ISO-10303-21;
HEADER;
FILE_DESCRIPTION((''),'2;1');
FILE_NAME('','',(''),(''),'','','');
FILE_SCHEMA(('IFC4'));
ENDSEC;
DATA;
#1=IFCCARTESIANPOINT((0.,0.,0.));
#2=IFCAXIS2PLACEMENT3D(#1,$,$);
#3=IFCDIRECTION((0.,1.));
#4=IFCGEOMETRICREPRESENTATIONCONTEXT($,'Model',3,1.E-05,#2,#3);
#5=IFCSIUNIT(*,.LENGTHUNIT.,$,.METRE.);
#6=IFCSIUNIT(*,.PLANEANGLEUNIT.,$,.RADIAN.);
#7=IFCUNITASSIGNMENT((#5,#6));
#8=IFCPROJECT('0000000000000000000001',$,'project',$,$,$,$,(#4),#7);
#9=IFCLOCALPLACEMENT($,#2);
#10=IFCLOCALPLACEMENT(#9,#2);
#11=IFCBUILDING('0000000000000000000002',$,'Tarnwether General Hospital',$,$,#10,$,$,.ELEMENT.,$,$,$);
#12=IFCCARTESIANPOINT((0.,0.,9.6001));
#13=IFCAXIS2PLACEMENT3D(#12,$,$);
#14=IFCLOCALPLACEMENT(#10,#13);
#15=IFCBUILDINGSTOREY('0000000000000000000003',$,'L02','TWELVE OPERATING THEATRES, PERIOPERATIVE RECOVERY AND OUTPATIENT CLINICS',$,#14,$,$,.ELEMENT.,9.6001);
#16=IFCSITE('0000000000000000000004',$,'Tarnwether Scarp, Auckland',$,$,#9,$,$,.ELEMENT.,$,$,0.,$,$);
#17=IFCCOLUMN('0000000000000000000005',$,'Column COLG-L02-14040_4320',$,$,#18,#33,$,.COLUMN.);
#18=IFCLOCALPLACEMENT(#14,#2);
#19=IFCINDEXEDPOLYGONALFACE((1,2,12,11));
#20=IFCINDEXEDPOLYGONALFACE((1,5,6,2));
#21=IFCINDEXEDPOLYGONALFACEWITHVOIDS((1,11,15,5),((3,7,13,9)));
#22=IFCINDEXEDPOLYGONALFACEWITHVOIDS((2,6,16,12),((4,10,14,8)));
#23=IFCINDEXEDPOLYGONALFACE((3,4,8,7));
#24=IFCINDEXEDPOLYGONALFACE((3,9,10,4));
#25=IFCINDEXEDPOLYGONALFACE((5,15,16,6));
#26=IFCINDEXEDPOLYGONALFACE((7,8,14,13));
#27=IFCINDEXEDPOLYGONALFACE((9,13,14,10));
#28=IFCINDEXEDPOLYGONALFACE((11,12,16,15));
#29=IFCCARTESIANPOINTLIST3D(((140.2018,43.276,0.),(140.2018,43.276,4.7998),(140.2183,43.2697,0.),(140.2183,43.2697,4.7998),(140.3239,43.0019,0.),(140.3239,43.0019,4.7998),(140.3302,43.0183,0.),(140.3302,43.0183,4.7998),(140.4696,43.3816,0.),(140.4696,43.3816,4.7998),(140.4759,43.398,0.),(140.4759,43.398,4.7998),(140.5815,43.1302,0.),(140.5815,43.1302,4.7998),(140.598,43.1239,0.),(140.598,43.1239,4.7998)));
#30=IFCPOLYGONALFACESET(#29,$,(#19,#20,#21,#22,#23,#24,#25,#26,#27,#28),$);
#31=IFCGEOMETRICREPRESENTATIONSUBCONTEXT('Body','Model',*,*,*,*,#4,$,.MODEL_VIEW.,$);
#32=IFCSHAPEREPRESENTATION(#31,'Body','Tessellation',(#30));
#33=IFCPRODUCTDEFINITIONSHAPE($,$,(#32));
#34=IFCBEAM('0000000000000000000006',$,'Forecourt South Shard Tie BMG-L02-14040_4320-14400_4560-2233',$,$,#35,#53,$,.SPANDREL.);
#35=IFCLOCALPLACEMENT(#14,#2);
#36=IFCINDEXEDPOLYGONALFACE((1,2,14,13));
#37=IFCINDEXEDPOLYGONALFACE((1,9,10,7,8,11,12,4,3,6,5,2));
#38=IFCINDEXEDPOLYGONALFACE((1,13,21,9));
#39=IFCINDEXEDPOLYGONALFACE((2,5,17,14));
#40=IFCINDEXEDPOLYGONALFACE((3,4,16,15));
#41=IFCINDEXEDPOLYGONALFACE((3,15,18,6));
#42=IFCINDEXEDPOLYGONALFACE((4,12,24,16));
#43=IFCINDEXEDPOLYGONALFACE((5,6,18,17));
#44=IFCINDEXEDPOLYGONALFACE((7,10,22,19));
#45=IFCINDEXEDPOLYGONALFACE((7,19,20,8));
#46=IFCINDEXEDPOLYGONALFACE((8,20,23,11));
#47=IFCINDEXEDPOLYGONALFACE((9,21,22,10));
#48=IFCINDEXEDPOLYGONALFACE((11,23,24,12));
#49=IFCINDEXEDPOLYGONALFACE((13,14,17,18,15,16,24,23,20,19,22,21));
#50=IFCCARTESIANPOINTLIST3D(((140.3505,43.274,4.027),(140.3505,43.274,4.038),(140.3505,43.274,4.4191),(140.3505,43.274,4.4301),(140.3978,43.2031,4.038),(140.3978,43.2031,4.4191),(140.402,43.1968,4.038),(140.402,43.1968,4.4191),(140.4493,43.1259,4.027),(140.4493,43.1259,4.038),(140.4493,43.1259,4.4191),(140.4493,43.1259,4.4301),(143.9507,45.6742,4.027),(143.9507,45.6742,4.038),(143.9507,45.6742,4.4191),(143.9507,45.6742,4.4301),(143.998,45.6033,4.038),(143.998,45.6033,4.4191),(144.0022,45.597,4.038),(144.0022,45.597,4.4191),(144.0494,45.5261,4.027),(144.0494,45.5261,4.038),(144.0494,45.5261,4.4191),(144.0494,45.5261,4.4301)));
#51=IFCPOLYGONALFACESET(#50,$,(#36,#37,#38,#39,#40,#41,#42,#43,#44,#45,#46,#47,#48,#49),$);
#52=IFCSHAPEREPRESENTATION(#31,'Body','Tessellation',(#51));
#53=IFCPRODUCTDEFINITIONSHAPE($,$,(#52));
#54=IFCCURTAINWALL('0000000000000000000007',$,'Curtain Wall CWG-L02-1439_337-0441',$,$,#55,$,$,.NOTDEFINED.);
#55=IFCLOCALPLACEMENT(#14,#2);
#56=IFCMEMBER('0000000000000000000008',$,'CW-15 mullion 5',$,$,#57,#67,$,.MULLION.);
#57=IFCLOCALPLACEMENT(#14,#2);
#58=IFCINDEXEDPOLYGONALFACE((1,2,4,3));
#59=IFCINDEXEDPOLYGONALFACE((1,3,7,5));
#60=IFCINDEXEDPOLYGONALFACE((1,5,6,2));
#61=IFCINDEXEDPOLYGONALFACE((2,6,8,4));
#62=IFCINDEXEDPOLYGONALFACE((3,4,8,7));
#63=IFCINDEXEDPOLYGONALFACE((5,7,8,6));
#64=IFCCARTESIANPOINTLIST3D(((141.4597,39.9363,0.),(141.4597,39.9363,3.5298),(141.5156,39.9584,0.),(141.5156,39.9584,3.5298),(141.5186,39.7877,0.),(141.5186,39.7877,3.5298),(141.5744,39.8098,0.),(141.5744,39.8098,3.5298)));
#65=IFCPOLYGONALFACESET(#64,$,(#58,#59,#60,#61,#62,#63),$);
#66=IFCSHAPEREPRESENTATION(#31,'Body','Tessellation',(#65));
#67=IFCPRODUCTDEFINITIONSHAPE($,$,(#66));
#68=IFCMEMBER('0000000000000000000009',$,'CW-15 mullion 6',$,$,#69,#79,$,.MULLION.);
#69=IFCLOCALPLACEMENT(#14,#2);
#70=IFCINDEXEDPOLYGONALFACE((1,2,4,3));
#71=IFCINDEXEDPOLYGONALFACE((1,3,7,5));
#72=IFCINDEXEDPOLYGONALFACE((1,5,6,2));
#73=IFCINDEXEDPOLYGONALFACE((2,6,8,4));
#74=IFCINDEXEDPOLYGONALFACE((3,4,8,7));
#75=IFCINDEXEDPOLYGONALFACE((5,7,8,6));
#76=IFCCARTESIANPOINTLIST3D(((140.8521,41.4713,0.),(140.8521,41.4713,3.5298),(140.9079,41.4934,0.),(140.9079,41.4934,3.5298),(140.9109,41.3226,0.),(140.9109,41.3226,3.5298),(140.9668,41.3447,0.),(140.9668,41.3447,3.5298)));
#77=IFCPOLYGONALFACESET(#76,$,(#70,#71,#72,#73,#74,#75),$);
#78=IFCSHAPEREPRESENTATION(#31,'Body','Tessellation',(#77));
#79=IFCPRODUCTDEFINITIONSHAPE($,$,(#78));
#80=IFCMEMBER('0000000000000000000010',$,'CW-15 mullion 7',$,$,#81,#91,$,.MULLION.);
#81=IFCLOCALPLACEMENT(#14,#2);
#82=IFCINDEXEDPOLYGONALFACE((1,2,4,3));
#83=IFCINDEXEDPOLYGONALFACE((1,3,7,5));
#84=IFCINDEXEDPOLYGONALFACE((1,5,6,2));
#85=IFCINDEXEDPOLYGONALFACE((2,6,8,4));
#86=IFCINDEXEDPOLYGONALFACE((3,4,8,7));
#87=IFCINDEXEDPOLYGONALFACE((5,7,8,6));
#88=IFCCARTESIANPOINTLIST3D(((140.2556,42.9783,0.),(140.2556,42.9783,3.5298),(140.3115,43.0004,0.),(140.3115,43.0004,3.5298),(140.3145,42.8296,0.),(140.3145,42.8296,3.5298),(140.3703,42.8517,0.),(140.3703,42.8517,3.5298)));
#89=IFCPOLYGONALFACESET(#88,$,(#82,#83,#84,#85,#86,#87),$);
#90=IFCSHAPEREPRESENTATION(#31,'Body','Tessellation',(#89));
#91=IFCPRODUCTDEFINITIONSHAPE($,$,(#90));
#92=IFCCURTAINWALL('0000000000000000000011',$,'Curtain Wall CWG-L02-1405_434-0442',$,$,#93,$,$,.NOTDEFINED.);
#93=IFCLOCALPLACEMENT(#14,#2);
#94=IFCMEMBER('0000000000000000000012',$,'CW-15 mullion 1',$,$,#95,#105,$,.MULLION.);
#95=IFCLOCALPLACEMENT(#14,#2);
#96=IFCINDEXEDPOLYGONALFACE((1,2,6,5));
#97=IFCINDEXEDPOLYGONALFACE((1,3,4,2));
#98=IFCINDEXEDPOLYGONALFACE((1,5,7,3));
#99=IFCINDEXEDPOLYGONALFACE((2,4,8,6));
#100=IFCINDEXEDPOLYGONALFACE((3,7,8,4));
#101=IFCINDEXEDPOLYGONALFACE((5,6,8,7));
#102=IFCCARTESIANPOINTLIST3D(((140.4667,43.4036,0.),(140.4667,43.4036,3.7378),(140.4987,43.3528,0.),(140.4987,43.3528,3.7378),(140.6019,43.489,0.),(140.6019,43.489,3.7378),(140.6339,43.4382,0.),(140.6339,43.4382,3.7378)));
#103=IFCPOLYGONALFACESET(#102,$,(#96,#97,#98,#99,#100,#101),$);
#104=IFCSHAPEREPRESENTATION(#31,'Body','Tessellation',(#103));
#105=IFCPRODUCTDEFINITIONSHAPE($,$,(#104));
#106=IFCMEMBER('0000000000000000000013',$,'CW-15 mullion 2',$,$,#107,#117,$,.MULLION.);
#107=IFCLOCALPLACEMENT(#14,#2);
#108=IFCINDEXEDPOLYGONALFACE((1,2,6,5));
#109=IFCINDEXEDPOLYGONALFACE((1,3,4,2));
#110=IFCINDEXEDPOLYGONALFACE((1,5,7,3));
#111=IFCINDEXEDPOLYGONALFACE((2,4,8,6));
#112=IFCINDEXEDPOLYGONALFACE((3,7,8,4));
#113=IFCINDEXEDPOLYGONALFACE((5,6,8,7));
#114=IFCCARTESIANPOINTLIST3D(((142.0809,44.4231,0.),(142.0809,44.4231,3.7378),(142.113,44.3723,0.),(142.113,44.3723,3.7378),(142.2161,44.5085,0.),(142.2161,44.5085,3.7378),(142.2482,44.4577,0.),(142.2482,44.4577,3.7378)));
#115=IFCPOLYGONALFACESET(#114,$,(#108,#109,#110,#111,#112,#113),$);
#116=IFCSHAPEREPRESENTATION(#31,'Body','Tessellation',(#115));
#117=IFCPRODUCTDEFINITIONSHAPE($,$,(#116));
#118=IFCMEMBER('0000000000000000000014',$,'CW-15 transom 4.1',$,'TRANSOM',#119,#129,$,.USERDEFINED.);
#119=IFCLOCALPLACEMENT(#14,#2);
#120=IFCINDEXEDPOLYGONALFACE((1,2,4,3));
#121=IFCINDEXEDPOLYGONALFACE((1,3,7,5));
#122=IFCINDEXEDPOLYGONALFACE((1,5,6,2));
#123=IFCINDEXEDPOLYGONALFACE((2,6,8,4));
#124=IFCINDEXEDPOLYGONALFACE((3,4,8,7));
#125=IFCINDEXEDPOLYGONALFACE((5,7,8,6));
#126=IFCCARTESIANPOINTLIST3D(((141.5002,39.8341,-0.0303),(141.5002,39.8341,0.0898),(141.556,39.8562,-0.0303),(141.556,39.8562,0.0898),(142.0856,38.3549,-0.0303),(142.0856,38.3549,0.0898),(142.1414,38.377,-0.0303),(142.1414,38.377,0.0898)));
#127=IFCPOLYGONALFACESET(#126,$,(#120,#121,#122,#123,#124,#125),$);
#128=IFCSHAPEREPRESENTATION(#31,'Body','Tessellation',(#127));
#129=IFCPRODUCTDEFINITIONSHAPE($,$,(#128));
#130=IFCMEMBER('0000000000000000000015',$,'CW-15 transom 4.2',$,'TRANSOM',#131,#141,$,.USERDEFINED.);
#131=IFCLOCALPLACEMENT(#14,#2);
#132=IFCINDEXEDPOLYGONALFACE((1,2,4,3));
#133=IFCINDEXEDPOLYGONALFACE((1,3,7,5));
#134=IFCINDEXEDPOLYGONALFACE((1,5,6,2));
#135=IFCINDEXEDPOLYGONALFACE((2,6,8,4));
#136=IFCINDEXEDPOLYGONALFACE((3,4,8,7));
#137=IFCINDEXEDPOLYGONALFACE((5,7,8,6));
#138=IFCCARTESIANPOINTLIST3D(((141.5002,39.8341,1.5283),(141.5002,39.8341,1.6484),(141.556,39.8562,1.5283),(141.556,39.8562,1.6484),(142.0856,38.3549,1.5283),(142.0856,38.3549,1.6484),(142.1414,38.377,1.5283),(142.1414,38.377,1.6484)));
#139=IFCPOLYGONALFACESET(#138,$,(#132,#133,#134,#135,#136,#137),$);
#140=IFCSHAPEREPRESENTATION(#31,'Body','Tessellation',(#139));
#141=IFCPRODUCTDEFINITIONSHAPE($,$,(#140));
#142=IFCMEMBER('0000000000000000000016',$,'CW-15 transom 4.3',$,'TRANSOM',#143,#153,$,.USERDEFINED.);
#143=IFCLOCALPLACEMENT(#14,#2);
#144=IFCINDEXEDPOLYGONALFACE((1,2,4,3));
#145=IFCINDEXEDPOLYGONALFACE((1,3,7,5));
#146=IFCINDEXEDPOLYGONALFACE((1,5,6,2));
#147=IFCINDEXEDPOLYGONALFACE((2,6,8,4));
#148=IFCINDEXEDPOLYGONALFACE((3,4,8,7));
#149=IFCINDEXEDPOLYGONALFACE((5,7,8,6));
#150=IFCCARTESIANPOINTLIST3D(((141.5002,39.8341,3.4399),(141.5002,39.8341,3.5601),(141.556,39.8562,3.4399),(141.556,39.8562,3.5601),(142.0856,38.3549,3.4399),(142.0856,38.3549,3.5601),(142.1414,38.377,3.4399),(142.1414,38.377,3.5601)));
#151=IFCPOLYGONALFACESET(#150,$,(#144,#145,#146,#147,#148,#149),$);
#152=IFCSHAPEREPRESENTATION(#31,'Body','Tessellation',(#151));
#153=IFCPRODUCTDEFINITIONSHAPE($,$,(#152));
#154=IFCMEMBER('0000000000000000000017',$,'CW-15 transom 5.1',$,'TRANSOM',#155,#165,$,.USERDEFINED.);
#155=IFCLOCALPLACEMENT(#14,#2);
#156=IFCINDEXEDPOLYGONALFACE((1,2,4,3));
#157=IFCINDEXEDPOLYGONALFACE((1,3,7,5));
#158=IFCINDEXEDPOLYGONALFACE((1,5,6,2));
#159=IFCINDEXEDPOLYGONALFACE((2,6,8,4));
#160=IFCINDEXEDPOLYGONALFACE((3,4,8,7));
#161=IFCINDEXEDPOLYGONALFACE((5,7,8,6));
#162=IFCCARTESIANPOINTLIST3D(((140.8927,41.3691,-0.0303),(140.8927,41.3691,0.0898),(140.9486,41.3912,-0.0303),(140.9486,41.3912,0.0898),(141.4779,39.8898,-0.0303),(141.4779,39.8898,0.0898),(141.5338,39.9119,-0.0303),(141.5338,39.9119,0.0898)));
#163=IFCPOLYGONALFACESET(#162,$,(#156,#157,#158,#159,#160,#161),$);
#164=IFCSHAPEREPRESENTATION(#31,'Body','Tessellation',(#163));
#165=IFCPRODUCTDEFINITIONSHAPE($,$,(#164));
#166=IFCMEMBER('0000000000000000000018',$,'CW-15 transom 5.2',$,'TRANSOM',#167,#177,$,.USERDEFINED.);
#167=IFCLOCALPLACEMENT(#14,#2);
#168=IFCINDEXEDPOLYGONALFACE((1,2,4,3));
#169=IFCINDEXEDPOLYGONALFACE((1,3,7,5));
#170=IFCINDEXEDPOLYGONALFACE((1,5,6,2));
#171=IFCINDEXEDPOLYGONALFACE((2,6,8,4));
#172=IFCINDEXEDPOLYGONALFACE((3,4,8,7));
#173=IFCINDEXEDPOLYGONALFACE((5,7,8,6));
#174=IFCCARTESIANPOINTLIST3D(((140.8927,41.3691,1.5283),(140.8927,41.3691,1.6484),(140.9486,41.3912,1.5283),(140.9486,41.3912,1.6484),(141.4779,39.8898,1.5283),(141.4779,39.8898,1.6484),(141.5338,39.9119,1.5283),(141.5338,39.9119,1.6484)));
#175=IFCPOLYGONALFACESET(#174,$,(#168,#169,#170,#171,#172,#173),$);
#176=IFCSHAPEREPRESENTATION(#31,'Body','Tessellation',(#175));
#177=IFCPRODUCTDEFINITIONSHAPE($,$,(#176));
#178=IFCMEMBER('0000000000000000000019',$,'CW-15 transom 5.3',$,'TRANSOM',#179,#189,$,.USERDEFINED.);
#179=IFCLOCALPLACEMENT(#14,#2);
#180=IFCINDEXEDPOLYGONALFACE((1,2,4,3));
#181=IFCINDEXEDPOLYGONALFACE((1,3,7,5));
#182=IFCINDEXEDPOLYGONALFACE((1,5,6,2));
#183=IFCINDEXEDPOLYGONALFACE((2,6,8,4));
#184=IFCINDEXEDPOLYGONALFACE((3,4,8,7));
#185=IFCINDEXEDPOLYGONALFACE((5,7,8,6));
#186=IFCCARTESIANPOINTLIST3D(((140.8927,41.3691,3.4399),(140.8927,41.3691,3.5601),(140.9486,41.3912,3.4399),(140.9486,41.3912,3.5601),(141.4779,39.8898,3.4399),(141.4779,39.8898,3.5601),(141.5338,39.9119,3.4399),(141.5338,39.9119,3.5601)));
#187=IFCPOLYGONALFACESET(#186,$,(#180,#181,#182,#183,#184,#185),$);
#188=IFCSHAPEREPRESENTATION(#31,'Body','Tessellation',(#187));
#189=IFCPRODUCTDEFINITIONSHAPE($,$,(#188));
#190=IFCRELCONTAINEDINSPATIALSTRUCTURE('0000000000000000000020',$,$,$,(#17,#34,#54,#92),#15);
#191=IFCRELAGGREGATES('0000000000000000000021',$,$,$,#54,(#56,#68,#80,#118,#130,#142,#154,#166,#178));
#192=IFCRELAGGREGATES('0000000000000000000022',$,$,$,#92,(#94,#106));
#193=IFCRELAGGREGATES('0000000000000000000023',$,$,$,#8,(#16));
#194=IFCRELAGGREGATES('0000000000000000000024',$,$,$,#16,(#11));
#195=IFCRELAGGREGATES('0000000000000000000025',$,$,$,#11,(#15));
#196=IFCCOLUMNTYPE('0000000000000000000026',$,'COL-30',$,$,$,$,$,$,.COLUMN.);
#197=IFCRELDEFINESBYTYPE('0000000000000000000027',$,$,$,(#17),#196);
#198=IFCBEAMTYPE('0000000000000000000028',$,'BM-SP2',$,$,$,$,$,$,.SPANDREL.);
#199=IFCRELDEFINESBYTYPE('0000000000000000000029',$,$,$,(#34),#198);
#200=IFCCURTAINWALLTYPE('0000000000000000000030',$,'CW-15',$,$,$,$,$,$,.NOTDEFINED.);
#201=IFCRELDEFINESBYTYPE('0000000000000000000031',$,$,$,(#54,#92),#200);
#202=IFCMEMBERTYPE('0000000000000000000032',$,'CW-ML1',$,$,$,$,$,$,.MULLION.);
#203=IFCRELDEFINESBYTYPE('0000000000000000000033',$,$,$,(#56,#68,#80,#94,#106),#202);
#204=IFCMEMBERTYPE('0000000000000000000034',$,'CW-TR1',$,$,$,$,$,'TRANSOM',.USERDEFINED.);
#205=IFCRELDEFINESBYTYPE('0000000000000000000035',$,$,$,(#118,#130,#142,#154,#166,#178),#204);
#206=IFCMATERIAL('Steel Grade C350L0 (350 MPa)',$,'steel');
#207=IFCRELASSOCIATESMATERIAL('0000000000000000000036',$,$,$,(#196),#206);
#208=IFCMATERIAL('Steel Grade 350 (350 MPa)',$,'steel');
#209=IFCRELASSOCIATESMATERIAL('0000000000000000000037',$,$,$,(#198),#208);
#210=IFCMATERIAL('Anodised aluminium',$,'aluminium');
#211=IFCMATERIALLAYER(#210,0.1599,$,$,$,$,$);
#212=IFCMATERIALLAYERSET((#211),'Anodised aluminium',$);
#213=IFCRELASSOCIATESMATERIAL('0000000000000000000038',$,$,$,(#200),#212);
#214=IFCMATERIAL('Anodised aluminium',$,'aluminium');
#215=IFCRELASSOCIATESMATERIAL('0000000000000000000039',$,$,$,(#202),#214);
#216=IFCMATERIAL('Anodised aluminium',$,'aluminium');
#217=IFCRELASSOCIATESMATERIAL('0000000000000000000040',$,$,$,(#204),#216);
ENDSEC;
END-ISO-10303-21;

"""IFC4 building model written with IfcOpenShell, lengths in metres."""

from ifc_helpers import new_model, si_unit, direction, frame, origin, origin_2d, place, context, subcontext, project, spatial, rectangle, hollow_rectangle, i_section, extrude, material, layer, layer_set, material_profile, profile_set, type_object, element, aggregate, save


model = new_model("IFC4")

# Units and contexts
model_context = context("Model", 3, precision=1e-05, world=origin(), true_north=direction((0.0, 1.0)))
body_context = subcontext(model_context, "Body", "Model", "MODEL_VIEW")
ifc_project = project(units=[si_unit("LENGTHUNIT", "METRE"), si_unit("PLANEANGLEUNIT", "RADIAN")], contexts=[model_context])

# Site, building, storey
site_placement = place(None, origin())
site = spatial("IfcSite", under=ifc_project, at=site_placement, Name="Tarnwether Scarp, Auckland", CompositionType="ELEMENT", RefElevation=0.0)
building_placement = place(site_placement, origin())
building = spatial("IfcBuilding", under=site, at=building_placement, Name="Tarnwether General Hospital", CompositionType="ELEMENT")
storey_placement = place(building_placement, frame((0.0, 0.0, 9.6001)))
storey = spatial("IfcBuildingStorey", under=building, at=storey_placement, Name="L02", Description="TWELVE OPERATING THEATRES, PERIOPERATIVE RECOVERY AND OUTPATIENT CLINICS", CompositionType="ELEMENT", Elevation=9.6001)

# Column
ifc_material_1 = material(Name="Steel Grade C350L0 (350 MPa)", Category="steel")
ifc_material_profile_1 = material_profile(ifc_material_1, hollow_rectangle(XDim=0.3, YDim=0.3, WallThickness=0.0125, at=origin_2d()), Name="SHS300x300x12.5")
ifc_profile_set_1 = profile_set([ifc_material_profile_1], Name="Steel Grade C350L0 (350 MPa)")
column_type = type_object("IfcColumnType", Name="COL-30", PredefinedType="COLUMN", material=ifc_profile_set_1)
column_placement = place(storey_placement, frame((140.3999, 43.2, 0.0), z_axis=(0.0, 0.0, 1.0), x_axis=(0.913545, 0.406737, 0.0)))
element("IfcColumn", 1, at=column_placement, inside=storey, type_object=column_type, Name="Column COLG-L02-14040_4320", PredefinedType="COLUMN", context=body_context, shape_type="SweptSolid", body=[
    extrude(hollow_rectangle(XDim=0.3, YDim=0.3, WallThickness=0.0125, at=origin_2d()), origin(), (0.0, 0.0, 1.0), 4.7998),
])

# Beam
ifc_material_2 = material(Name="Steel Grade 350 (350 MPa)", Category="steel")
ifc_material_profile_2 = material_profile(ifc_material_2, i_section(OverallWidth=0.178, OverallDepth=0.4031, WebThickness=0.0076, FlangeThickness=0.011, at=origin_2d()), Name="410UB53.7")
ifc_profile_set_2 = profile_set([ifc_material_profile_2], Name="Steel Grade 350 (350 MPa)")
beam_type = type_object("IfcBeamType", Name="BM-SP2", PredefinedType="SPANDREL", material=ifc_profile_set_2)
beam_placement = place(storey_placement, frame((140.3999, 43.2, 4.2285), z_axis=(0.832042, 0.554713, 0.0), x_axis=(-0.554713, 0.832042, 0.0)))
element("IfcBeam", 2, at=beam_placement, inside=storey, type_object=beam_type, Name="Forecourt South Shard Tie BMG-L02-14040_4320-14400_4560-2233", PredefinedType="SPANDREL", context=body_context, shape_type="SweptSolid", body=[
    extrude(i_section(OverallWidth=0.178, OverallDepth=0.4031, WebThickness=0.0076, FlangeThickness=0.011, at=origin_2d()), origin(), (0.0, 0.0, 1.0), 4.3269),
])

# Curtain walls, members
ifc_material_3 = material(Name="Anodised aluminium", Category="aluminium")
ifc_layer_1 = layer(ifc_material_3, 0.1599)
ifc_layer_set_1 = layer_set([ifc_layer_1], Name="Anodised aluminium")
curtain_wall_type = type_object("IfcCurtainWallType", Name="CW-15", PredefinedType="NOTDEFINED", material=ifc_layer_set_1)
curtain_wall_1_placement = place(storey_placement, origin())
curtain_wall_1 = element("IfcCurtainWall", 3, at=curtain_wall_1_placement, inside=storey, type_object=curtain_wall_type, Name="Curtain Wall CWG-L02-1439_337-0441", PredefinedType="NOTDEFINED")
ifc_material_4 = material(Name="Anodised aluminium", Category="aluminium")
ifc_material_profile_3 = material_profile(ifc_material_4, rectangle(XDim=0.0601, YDim=0.1599, at=origin_2d()), Name="ALU-MUL-60x160")
ifc_profile_set_3 = profile_set([ifc_material_profile_3], Name="Anodised aluminium")
member_type_1 = type_object("IfcMemberType", Name="CW-ML1", PredefinedType="MULLION", material=ifc_profile_set_3)
member_1_placement = place(storey_placement, frame((141.5171, 39.873, 0.0), z_axis=(0.0, 0.0, 1.0), x_axis=(-0.929828, -0.367994, 0.0)))
member_1 = element("IfcMember", 4, at=member_1_placement, type_object=member_type_1, Name="CW-15 mullion 5", PredefinedType="MULLION", context=body_context, shape_type="SweptSolid", body=[
    extrude(rectangle(XDim=0.0601, YDim=0.1599, at=origin_2d()), origin(), (0.0, 0.0, 1.0), 3.5298),
])
member_2_placement = place(storey_placement, frame((140.9094, 41.408, 0.0), z_axis=(0.0, 0.0, 1.0), x_axis=(-0.929828, -0.367994, 0.0)))
member_2 = element("IfcMember", 5, at=member_2_placement, type_object=member_type_1, Name="CW-15 mullion 6", PredefinedType="MULLION", context=body_context, shape_type="SweptSolid", body=[
    extrude(rectangle(XDim=0.0601, YDim=0.1599, at=origin_2d()), origin(), (0.0, 0.0, 1.0), 3.5298),
])
member_3_placement = place(storey_placement, frame((140.313, 42.915, 0.0), z_axis=(0.0, 0.0, 1.0), x_axis=(-0.929828, -0.367994, 0.0)))
member_3 = element("IfcMember", 6, at=member_3_placement, type_object=member_type_1, Name="CW-15 mullion 7", PredefinedType="MULLION", context=body_context, shape_type="SweptSolid", body=[
    extrude(rectangle(XDim=0.0601, YDim=0.1599, at=origin_2d()), origin(), (0.0, 0.0, 1.0), 3.5298),
])
curtain_wall_2_placement = place(storey_placement, origin())
curtain_wall_2 = element("IfcCurtainWall", 7, at=curtain_wall_2_placement, inside=storey, type_object=curtain_wall_type, Name="Curtain Wall CWG-L02-1405_434-0442", PredefinedType="NOTDEFINED")
member_4_placement = place(storey_placement, frame((140.5503, 43.4209, 0.0), z_axis=(0.0, 0.0, 1.0), x_axis=(-0.534003, 0.845483, 0.0)))
member_4 = element("IfcMember", 8, at=member_4_placement, type_object=member_type_1, Name="CW-15 mullion 1", PredefinedType="MULLION", context=body_context, shape_type="SweptSolid", body=[
    extrude(rectangle(XDim=0.0601, YDim=0.1599, at=origin_2d()), origin(), (0.0, 0.0, 1.0), 3.7378),
])
member_5_placement = place(storey_placement, frame((142.1646, 44.4404, 0.0), z_axis=(0.0, 0.0, 1.0), x_axis=(-0.534003, 0.845483, 0.0)))
member_5 = element("IfcMember", 9, at=member_5_placement, type_object=member_type_1, Name="CW-15 mullion 2", PredefinedType="MULLION", context=body_context, shape_type="SweptSolid", body=[
    extrude(rectangle(XDim=0.0601, YDim=0.1599, at=origin_2d()), origin(), (0.0, 0.0, 1.0), 3.7378),
])

# Members
ifc_material_5 = material(Name="Anodised aluminium", Category="aluminium")
ifc_material_profile_4 = material_profile(ifc_material_5, rectangle(XDim=0.0601, YDim=0.1201, at=origin_2d()), Name="ALU-TRN-60x120")
ifc_profile_set_4 = profile_set([ifc_material_profile_4], Name="Anodised aluminium")
member_type_2 = type_object("IfcMemberType", Name="CW-TR1", ElementType="TRANSOM", PredefinedType="USERDEFINED", material=ifc_profile_set_4)
member_6_placement = place(storey_placement, frame((142.1135, 38.366, 0.0298), z_axis=(-0.368001, 0.929825, 0.0), x_axis=(-0.929825, -0.368001, 0.0)))
member_6 = element("IfcMember", 10, at=member_6_placement, type_object=member_type_2, Name="CW-15 transom 4.1", ObjectType="TRANSOM", PredefinedType="USERDEFINED", context=body_context, shape_type="SweptSolid", body=[
    extrude(rectangle(XDim=0.0601, YDim=0.1201, at=origin_2d()), origin(), (0.0, 0.0, 1.0), 1.5908),
])
member_7_placement = place(storey_placement, frame((142.1135, 38.366, 1.5884), z_axis=(-0.368001, 0.929825, 0.0), x_axis=(-0.929825, -0.368001, 0.0)))
member_7 = element("IfcMember", 11, at=member_7_placement, type_object=member_type_2, Name="CW-15 transom 4.2", ObjectType="TRANSOM", PredefinedType="USERDEFINED", context=body_context, shape_type="SweptSolid", body=[
    extrude(rectangle(XDim=0.0601, YDim=0.1201, at=origin_2d()), origin(), (0.0, 0.0, 1.0), 1.5908),
])
member_8_placement = place(storey_placement, frame((142.1135, 38.366, 3.5), z_axis=(-0.368001, 0.929825, 0.0), x_axis=(-0.929825, -0.368001, 0.0)))
member_8 = element("IfcMember", 12, at=member_8_placement, type_object=member_type_2, Name="CW-15 transom 4.3", ObjectType="TRANSOM", PredefinedType="USERDEFINED", context=body_context, shape_type="SweptSolid", body=[
    extrude(rectangle(XDim=0.0601, YDim=0.1201, at=origin_2d()), origin(), (0.0, 0.0, 1.0), 1.5908),
])
member_9_placement = place(storey_placement, frame((141.5059, 39.9009, 0.0298), z_axis=(-0.367869, 0.929878, 0.0), x_axis=(-0.929878, -0.367869, 0.0)))
member_9 = element("IfcMember", 13, at=member_9_placement, type_object=member_type_2, Name="CW-15 transom 5.1", ObjectType="TRANSOM", PredefinedType="USERDEFINED", context=body_context, shape_type="SweptSolid", body=[
    extrude(rectangle(XDim=0.0601, YDim=0.1201, at=origin_2d()), origin(), (0.0, 0.0, 1.0), 1.5908),
])
member_10_placement = place(storey_placement, frame((141.5059, 39.9009, 1.5884), z_axis=(-0.367869, 0.929878, 0.0), x_axis=(-0.929878, -0.367869, 0.0)))
member_10 = element("IfcMember", 14, at=member_10_placement, type_object=member_type_2, Name="CW-15 transom 5.2", ObjectType="TRANSOM", PredefinedType="USERDEFINED", context=body_context, shape_type="SweptSolid", body=[
    extrude(rectangle(XDim=0.0601, YDim=0.1201, at=origin_2d()), origin(), (0.0, 0.0, 1.0), 1.5908),
])
member_11_placement = place(storey_placement, frame((141.5059, 39.9009, 3.5), z_axis=(-0.367869, 0.929878, 0.0), x_axis=(-0.929878, -0.367869, 0.0)))
member_11 = element("IfcMember", 15, at=member_11_placement, type_object=member_type_2, Name="CW-15 transom 5.3", ObjectType="TRANSOM", PredefinedType="USERDEFINED", context=body_context, shape_type="SweptSolid", body=[
    extrude(rectangle(XDim=0.0601, YDim=0.1201, at=origin_2d()), origin(), (0.0, 0.0, 1.0), 1.5908),
])

aggregate(curtain_wall_1, [member_1, member_2, member_3, member_6, member_7, member_8, member_9, member_10, member_11])
aggregate(curtain_wall_2, [member_4, member_5])

save(model, "model.ifc")
